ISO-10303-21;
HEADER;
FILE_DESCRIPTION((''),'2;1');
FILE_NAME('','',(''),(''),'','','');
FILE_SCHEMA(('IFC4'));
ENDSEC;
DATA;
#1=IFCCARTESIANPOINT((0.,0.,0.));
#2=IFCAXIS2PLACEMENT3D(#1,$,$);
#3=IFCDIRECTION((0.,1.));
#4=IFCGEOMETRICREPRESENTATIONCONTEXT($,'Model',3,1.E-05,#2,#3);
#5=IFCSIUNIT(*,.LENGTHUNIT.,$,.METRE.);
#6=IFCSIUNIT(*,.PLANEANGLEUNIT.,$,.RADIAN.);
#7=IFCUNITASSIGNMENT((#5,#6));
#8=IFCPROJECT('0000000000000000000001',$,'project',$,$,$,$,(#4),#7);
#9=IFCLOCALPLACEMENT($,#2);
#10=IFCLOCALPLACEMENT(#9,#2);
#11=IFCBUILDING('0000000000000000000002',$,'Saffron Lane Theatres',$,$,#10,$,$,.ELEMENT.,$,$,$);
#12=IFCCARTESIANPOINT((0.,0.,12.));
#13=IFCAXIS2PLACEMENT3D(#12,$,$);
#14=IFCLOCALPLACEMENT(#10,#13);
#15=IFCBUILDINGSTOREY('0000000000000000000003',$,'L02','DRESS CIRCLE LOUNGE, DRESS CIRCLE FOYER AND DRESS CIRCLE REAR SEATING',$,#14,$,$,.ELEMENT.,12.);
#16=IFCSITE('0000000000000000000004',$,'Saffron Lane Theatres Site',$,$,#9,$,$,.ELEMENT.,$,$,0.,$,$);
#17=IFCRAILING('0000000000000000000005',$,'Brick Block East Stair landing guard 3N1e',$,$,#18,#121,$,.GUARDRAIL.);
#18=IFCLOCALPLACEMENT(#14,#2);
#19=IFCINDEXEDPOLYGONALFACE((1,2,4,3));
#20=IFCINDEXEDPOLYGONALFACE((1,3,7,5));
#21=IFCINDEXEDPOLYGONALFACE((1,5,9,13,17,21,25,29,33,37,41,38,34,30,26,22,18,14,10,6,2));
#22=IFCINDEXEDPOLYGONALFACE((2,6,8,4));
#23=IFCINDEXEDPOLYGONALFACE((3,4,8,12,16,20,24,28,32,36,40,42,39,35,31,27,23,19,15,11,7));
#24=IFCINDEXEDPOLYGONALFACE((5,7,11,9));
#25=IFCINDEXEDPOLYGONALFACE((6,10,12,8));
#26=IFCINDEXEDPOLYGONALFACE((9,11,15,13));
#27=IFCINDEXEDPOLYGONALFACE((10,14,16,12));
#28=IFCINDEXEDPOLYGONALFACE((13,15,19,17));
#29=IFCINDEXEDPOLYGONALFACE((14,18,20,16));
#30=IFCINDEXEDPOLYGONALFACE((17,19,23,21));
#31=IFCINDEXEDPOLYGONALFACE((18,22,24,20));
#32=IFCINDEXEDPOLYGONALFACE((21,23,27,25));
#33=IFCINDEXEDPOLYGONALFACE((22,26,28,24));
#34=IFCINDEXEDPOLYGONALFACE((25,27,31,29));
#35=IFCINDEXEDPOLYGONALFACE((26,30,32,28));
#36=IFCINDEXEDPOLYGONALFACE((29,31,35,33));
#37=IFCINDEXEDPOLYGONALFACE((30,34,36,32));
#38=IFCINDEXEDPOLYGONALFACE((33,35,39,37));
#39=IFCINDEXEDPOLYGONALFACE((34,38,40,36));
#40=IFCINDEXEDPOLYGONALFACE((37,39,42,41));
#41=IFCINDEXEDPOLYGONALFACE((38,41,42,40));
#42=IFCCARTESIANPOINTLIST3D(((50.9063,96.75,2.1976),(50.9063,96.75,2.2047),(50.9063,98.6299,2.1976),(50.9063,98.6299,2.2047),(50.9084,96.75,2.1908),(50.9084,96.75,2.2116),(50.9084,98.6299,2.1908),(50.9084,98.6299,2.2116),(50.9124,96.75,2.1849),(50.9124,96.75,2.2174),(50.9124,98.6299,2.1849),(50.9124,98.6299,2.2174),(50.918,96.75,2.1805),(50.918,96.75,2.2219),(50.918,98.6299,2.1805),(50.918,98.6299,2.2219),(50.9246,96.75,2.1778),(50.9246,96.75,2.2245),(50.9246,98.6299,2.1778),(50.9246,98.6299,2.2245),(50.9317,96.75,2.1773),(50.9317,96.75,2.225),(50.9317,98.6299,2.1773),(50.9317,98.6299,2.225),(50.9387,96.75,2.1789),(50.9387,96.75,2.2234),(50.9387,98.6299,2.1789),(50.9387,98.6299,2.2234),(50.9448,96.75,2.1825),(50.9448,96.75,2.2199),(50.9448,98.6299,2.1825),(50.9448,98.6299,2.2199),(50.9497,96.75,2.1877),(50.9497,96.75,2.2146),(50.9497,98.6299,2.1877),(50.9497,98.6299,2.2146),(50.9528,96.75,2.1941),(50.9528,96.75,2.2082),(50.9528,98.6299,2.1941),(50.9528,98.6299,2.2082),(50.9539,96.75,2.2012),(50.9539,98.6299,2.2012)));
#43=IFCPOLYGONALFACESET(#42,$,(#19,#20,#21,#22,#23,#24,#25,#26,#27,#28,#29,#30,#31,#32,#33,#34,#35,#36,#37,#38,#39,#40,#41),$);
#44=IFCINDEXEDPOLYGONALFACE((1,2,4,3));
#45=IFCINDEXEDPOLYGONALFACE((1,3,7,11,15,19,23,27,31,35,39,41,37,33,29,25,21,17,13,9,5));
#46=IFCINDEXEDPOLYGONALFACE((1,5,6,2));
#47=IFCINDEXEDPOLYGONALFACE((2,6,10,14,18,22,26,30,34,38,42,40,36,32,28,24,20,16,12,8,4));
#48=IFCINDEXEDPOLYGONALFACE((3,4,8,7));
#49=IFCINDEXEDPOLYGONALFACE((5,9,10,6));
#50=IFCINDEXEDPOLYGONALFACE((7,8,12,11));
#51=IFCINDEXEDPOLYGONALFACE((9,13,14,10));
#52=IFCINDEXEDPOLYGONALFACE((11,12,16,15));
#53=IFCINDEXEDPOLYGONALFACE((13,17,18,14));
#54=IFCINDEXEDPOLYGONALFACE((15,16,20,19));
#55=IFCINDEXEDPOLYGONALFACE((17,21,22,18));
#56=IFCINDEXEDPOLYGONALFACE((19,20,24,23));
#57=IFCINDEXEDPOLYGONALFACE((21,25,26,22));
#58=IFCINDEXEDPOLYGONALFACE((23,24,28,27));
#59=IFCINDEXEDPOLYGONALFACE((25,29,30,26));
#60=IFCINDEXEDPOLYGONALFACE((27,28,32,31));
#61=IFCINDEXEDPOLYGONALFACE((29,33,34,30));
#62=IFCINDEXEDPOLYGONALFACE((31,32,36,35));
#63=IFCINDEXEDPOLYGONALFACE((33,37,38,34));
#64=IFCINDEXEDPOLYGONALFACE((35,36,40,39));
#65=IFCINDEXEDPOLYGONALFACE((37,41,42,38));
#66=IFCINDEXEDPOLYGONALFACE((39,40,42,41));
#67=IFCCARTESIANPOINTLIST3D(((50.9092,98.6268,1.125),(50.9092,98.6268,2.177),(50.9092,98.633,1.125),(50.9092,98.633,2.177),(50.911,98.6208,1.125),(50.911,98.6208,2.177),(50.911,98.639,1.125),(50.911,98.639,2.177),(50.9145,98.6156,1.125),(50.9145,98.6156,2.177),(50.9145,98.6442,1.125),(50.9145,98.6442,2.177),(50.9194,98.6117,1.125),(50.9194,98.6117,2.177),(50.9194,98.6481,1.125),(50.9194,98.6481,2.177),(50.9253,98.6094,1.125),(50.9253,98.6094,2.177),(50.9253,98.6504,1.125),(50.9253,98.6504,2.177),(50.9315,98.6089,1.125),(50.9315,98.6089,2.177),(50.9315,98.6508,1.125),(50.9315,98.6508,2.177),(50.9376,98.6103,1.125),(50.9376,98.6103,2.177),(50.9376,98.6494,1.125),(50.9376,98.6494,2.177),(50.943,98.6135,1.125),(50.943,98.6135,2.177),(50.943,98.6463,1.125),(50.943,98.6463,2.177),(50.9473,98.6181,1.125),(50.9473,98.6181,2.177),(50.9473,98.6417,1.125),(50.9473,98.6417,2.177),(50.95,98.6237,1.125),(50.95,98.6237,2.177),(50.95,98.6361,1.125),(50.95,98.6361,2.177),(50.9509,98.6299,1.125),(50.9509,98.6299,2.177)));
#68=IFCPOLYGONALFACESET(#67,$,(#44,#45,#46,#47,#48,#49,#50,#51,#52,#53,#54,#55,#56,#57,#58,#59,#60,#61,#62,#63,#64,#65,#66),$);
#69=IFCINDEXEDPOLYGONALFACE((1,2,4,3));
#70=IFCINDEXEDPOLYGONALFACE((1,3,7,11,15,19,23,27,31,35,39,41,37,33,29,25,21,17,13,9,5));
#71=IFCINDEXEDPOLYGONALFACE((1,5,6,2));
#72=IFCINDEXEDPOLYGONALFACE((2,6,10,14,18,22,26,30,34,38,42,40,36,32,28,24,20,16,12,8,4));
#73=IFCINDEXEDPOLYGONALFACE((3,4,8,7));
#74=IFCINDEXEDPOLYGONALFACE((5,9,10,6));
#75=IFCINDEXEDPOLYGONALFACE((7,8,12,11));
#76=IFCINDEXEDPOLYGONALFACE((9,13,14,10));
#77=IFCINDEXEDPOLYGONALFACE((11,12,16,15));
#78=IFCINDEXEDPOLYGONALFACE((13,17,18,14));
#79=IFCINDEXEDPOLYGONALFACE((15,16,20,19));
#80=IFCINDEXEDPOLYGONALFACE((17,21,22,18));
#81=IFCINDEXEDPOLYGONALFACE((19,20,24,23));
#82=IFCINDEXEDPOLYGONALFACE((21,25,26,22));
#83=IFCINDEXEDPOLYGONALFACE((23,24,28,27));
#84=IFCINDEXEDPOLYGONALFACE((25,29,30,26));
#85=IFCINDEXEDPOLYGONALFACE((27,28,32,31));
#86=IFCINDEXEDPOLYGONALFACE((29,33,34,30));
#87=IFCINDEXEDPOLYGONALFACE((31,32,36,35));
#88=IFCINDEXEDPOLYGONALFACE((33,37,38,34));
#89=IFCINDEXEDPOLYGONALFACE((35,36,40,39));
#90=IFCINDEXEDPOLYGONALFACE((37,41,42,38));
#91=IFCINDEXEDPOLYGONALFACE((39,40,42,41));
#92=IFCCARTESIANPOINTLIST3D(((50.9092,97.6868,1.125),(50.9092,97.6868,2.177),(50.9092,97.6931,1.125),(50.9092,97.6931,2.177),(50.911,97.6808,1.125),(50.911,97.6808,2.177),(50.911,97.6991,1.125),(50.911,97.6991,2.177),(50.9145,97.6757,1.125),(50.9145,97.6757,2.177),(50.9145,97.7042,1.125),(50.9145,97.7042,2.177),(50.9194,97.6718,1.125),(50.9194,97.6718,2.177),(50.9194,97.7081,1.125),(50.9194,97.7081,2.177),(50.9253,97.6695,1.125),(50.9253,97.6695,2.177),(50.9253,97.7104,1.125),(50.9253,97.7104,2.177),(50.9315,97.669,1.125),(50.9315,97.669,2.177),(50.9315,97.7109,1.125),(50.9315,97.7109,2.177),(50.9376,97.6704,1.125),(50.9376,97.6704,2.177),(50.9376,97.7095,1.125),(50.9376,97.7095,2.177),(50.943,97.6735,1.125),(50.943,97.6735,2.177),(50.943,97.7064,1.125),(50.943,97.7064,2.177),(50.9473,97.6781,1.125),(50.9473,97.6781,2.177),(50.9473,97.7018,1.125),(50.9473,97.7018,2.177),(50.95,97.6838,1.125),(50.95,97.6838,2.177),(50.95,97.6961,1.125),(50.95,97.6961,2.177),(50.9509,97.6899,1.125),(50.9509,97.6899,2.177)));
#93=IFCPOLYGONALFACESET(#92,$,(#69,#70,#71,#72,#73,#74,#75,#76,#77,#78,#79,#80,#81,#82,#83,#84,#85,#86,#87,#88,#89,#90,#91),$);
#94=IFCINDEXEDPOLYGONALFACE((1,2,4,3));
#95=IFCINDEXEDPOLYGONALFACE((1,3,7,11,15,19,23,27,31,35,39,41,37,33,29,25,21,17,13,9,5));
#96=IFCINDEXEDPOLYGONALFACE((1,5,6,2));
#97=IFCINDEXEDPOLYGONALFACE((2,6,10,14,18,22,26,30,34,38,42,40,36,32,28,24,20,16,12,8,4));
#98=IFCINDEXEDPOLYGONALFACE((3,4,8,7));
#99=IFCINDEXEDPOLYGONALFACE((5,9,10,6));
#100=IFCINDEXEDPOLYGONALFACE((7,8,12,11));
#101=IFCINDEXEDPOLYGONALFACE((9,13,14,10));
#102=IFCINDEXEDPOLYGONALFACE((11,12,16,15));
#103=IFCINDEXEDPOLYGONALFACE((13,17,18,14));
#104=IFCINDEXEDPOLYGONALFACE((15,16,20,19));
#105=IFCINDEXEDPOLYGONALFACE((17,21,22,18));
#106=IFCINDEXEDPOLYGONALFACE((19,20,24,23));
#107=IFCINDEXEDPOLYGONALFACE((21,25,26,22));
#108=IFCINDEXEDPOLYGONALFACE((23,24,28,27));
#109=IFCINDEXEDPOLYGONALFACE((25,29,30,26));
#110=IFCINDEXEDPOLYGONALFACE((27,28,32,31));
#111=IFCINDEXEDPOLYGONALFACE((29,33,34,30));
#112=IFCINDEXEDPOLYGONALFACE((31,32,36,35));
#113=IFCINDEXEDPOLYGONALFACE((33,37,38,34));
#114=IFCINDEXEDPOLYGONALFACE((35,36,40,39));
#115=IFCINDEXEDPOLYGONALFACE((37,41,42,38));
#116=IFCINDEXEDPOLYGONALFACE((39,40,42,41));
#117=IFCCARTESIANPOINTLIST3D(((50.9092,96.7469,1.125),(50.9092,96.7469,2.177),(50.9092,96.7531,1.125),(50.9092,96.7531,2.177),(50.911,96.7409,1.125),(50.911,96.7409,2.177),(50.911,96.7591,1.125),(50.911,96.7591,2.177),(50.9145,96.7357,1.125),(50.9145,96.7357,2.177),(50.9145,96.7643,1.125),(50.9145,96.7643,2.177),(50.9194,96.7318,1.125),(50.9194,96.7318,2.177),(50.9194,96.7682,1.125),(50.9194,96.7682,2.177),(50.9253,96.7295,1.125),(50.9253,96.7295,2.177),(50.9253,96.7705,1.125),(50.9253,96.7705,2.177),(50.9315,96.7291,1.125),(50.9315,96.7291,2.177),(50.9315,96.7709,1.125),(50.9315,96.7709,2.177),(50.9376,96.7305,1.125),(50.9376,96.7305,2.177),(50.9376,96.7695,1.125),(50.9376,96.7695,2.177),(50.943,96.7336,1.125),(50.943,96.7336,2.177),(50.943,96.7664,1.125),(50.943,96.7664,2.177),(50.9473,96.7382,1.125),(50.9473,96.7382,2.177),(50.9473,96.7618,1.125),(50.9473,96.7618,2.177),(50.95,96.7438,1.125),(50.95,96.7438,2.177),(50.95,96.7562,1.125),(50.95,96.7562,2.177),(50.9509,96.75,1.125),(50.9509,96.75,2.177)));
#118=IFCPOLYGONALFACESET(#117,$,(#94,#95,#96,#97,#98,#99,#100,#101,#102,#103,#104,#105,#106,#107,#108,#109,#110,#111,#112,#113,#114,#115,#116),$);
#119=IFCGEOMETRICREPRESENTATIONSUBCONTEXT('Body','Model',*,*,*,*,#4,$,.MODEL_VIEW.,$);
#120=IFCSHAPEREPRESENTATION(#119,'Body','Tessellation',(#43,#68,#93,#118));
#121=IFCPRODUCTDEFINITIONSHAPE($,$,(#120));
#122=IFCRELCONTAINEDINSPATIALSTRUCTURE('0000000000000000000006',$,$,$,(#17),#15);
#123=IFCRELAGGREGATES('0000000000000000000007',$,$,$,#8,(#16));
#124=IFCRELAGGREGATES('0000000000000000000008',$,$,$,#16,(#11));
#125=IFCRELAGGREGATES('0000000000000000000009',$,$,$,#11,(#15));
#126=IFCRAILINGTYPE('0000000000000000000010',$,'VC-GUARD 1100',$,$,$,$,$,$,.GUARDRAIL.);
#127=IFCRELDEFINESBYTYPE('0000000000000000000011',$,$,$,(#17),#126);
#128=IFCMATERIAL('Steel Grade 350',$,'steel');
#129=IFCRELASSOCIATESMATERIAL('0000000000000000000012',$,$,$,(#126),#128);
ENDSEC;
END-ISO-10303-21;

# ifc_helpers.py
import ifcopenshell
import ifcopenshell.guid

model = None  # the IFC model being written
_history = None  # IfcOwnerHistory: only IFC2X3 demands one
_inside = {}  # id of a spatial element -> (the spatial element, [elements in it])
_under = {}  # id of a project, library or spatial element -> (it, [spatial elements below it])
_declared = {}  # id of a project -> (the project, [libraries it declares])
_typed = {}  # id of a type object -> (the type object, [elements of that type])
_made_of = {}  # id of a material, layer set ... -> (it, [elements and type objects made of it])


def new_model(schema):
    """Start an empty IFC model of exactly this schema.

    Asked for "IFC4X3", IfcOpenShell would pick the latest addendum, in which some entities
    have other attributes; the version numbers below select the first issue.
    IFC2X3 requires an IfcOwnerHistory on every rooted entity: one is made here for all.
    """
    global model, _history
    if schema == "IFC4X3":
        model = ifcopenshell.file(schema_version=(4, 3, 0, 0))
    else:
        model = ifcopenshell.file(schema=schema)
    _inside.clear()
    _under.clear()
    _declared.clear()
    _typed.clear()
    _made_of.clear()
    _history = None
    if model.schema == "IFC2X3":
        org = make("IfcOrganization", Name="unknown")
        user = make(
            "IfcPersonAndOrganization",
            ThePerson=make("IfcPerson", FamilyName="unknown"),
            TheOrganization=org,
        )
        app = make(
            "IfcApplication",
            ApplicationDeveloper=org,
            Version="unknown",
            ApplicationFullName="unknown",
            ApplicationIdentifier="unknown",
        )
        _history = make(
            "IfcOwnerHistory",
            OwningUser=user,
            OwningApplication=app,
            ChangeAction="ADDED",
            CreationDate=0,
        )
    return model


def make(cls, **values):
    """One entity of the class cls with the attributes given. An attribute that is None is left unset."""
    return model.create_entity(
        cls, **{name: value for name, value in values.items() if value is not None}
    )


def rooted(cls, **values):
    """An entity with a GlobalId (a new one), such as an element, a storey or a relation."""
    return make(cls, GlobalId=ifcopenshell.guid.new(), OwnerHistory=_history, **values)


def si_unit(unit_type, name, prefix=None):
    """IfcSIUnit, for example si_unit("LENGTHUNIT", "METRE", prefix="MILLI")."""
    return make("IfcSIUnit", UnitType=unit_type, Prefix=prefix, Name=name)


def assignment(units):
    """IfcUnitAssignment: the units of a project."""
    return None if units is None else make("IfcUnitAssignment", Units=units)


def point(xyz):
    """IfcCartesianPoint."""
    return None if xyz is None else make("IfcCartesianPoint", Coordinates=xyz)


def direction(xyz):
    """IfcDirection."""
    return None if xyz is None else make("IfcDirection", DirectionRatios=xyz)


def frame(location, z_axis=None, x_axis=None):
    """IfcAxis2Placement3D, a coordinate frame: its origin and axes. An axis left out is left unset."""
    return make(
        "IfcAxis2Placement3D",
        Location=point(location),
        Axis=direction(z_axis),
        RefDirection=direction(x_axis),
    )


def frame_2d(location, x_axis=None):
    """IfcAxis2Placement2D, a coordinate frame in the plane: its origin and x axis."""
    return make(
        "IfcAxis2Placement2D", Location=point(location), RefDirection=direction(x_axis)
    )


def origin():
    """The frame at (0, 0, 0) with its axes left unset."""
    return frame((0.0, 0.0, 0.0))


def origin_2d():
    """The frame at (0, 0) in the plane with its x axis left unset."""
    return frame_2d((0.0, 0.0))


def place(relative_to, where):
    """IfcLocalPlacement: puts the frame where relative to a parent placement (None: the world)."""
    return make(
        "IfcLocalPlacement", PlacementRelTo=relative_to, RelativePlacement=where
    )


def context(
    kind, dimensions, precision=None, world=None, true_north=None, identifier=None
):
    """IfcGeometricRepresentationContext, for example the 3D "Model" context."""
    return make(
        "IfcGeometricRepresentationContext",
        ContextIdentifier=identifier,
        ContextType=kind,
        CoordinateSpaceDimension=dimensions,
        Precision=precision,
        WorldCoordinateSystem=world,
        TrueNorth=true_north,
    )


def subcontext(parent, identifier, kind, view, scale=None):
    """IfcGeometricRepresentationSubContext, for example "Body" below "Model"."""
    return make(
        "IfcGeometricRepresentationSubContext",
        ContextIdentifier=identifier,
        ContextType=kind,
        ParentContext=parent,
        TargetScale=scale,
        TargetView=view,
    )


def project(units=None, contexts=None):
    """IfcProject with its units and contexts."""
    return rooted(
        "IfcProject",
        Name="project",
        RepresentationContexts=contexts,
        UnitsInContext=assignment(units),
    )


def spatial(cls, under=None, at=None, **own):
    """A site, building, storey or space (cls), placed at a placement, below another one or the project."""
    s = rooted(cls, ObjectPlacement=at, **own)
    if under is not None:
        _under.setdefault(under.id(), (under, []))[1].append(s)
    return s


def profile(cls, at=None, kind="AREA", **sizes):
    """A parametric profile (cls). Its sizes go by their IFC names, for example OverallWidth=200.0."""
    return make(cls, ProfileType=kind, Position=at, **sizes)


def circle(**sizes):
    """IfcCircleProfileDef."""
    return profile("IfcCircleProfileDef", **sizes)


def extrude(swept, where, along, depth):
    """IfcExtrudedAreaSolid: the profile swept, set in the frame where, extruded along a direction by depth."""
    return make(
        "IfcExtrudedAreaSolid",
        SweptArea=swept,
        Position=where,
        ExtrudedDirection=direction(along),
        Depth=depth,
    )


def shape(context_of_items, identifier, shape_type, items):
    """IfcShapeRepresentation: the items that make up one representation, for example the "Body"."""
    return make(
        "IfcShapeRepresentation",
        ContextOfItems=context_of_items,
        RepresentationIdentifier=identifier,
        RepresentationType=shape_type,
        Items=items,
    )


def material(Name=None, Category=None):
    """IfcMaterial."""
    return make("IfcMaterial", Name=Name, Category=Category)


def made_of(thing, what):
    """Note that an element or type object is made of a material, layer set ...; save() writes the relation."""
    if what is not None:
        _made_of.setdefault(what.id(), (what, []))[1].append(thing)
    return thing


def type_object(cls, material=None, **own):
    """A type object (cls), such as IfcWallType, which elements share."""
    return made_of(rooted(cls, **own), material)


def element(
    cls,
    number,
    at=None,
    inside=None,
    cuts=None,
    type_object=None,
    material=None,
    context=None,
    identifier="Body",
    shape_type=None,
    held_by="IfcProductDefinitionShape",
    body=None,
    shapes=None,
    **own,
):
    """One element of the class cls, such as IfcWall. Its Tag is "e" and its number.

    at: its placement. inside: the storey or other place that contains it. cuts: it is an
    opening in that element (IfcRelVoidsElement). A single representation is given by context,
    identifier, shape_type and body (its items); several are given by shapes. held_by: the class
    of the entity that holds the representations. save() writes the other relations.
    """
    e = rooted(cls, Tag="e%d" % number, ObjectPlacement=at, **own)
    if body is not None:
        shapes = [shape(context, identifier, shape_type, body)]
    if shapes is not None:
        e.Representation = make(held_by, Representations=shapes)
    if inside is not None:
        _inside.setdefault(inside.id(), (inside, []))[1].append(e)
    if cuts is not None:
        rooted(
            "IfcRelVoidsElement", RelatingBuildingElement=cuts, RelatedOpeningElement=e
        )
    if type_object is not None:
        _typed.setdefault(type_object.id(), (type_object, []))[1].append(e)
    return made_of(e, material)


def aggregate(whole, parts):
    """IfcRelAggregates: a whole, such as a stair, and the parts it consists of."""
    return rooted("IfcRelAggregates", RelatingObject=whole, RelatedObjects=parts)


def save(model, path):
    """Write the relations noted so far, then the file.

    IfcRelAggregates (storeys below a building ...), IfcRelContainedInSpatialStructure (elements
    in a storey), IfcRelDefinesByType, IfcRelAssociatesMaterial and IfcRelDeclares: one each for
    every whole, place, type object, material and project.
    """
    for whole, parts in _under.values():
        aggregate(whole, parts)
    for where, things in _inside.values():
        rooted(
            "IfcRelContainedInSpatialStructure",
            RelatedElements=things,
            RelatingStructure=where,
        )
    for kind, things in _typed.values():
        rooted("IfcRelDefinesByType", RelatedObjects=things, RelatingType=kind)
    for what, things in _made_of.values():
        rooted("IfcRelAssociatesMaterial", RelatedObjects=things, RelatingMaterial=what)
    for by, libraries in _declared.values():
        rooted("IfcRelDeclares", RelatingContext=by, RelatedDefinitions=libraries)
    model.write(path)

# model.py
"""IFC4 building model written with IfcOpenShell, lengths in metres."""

from ifc_helpers import new_model, si_unit, direction, frame, origin, origin_2d, place, context, subcontext, project, spatial, circle, extrude, material, type_object, element, save


model = new_model("IFC4")

# Units and contexts
model_context = context("Model", 3, precision=1e-05, world=origin(), true_north=direction((0.0, 1.0)))
body_context = subcontext(model_context, "Body", "Model", "MODEL_VIEW")
ifc_project = project(units=[si_unit("LENGTHUNIT", "METRE"), si_unit("PLANEANGLEUNIT", "RADIAN")], contexts=[model_context])

# Site, building, storey
site_placement = place(None, origin())
site = spatial("IfcSite", under=ifc_project, at=site_placement, Name="Saffron Lane Theatres Site", CompositionType="ELEMENT", RefElevation=0.0)
building_placement = place(site_placement, origin())
building = spatial("IfcBuilding", under=site, at=building_placement, Name="Saffron Lane Theatres", CompositionType="ELEMENT")
storey_placement = place(building_placement, frame((0.0, 0.0, 12.0)))
storey = spatial("IfcBuildingStorey", under=building, at=storey_placement, Name="L02", Description="DRESS CIRCLE LOUNGE, DRESS CIRCLE FOYER AND DRESS CIRCLE REAR SEATING", CompositionType="ELEMENT", Elevation=12.0)

# Railing
ifc_material_1 = material(Name="Steel Grade 350", Category="steel")
railing_type_1 = type_object("IfcRailingType", Name="VC-GUARD 1100", PredefinedType="GUARDRAIL", material=ifc_material_1)
railing_1_placement = place(storey_placement, frame((50.9299, 98.6299, 1.125)))
element("IfcRailing", 1, at=railing_1_placement, inside=storey, type_object=railing_type_1, Name="Brick Block East Stair landing guard 3N1e", PredefinedType="GUARDRAIL", context=body_context, shape_type="SweptSolid", body=[
    extrude(circle(Radius=0.0239, at=origin_2d()), frame((0.0, 0.0, 1.0762), z_axis=(0.0, -1.0, 0.0), x_axis=(1.0, 0.0, 0.0)), (0.0, 0.0, 1.0), 1.8799),
    extrude(circle(Radius=0.021, at=origin_2d()), origin(), (0.0, 0.0, 1.0), 1.052),
    extrude(circle(Radius=0.021, at=origin_2d()), frame((0.0, -0.9399, 0.0)), (0.0, 0.0, 1.0), 1.052),
    extrude(circle(Radius=0.021, at=origin_2d()), frame((0.0, -1.8799, 0.0)), (0.0, 0.0, 1.0), 1.052),
])

save(model, "model.ifc")
